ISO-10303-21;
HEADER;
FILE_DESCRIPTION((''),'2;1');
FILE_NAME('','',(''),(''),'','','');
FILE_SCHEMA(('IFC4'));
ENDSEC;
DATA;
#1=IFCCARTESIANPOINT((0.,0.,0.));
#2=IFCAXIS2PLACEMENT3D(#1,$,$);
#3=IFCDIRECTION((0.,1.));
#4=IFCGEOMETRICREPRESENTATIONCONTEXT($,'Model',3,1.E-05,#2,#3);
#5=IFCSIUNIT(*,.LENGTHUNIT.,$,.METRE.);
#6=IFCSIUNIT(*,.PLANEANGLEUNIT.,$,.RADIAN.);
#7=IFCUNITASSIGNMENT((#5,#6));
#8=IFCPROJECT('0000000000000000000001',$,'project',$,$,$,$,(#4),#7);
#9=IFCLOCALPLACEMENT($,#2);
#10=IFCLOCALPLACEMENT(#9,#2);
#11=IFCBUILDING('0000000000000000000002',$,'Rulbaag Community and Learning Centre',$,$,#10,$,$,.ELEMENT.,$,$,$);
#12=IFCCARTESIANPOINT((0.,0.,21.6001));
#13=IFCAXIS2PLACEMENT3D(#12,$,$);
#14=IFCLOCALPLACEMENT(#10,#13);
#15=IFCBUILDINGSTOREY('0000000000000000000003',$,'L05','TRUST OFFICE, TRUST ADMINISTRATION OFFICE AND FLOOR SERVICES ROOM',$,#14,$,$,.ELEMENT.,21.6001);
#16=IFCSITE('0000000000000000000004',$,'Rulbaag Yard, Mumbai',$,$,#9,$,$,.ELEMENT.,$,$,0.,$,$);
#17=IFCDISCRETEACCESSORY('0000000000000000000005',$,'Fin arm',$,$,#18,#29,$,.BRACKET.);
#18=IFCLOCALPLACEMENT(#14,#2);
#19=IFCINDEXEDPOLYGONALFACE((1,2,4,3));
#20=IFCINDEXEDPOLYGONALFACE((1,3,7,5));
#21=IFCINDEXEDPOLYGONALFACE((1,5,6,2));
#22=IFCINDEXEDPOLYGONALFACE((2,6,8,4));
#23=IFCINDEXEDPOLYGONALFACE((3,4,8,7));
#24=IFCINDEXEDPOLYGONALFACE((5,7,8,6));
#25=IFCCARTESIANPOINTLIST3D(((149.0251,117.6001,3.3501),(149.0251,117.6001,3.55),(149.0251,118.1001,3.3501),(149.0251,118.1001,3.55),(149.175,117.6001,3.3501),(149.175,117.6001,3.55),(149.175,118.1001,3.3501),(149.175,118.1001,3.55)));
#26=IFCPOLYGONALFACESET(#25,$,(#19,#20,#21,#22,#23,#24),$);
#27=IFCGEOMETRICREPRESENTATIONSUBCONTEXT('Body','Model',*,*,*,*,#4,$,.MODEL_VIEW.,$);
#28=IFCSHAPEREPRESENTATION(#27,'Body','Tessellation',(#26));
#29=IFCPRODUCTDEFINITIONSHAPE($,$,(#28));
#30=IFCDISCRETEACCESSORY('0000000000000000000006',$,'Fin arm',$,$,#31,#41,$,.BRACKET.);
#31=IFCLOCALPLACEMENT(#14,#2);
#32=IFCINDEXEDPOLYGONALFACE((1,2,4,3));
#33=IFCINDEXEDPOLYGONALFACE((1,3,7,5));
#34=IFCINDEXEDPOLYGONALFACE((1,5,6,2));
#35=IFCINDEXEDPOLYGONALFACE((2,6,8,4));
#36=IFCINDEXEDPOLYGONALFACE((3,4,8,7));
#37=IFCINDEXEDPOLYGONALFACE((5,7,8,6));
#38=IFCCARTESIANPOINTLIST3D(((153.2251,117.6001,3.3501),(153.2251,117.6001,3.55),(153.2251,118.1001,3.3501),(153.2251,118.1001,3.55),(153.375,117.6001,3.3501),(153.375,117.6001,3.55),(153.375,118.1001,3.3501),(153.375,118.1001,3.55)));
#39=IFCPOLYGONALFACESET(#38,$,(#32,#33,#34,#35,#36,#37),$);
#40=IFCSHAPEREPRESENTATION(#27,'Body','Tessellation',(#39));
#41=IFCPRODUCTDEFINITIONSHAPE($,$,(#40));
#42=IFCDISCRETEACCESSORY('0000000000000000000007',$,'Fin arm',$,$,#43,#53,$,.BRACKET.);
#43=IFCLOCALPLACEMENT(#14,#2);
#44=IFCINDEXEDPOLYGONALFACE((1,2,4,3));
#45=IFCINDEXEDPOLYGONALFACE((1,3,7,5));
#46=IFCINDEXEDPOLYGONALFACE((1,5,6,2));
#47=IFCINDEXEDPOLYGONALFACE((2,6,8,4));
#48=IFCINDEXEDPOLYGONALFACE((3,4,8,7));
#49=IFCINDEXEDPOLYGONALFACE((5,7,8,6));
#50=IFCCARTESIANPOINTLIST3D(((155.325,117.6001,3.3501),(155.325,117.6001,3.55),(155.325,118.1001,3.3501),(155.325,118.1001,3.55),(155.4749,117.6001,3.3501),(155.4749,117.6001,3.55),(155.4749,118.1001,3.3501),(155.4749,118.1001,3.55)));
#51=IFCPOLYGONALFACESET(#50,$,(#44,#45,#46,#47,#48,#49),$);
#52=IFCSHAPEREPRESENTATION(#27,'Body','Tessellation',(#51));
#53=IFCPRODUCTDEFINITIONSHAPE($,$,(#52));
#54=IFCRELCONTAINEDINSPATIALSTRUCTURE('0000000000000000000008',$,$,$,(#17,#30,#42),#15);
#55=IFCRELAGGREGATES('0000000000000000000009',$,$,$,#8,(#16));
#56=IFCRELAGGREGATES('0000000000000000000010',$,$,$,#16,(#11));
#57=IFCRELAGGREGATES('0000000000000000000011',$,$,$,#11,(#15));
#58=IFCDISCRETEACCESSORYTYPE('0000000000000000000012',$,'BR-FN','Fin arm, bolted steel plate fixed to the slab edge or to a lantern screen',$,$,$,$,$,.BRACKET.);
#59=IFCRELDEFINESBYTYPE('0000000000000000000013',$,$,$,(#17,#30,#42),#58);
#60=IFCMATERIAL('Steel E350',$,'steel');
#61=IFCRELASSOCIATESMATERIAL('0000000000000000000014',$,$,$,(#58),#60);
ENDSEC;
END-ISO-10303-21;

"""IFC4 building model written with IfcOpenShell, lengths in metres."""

from ifc_helpers import new_model, si_unit, direction, frame, origin, origin_2d, place, context, subcontext, project, spatial, rectangle, extrude, material, type_object, element, save


model = new_model("IFC4")

# Units and contexts
model_context = context("Model", 3, precision=1e-05, world=origin(), true_north=direction((0.0, 1.0)))
body_context = subcontext(model_context, "Body", "Model", "MODEL_VIEW")
ifc_project = project(units=[si_unit("LENGTHUNIT", "METRE"), si_unit("PLANEANGLEUNIT", "RADIAN")], contexts=[model_context])

# Site, building, storey
site_placement = place(None, origin())
site = spatial("IfcSite", under=ifc_project, at=site_placement, Name="Rulbaag Yard, Mumbai", CompositionType="ELEMENT", RefElevation=0.0)
building_placement = place(site_placement, origin())
building = spatial("IfcBuilding", under=site, at=building_placement, Name="Rulbaag Community and Learning Centre", CompositionType="ELEMENT")
storey_placement = place(building_placement, frame((0.0, 0.0, 21.6001)))
storey = spatial("IfcBuildingStorey", under=building, at=storey_placement, Name="L05", Description="TRUST OFFICE, TRUST ADMINISTRATION OFFICE AND FLOOR SERVICES ROOM", CompositionType="ELEMENT", Elevation=21.6001)

# Discrete accessories
ifc_material_1 = material(Name="Steel E350", Category="steel")
discrete_accessory_type = type_object("IfcDiscreteAccessoryType", Name="BR-FN", Description="Fin arm, bolted steel plate fixed to the slab edge or to a lantern screen", PredefinedType="BRACKET", material=ifc_material_1)
for number, where, z_axis, x_axis, name in (
    (1, (149.1001, 117.8501, 3.3501), (0.0, 0.0, 1.0), (1.0, 0.0, 0.0), "Fin arm"),
    (2, (153.3, 117.8501, 3.3501), (0.0, 0.0, 1.0), (1.0, 0.0, 0.0), "Fin arm"),
    (3, (155.3999, 117.8501, 3.3501), (0.0, 0.0, 1.0), (1.0, 0.0, 0.0), "Fin arm"),
):
    element("IfcDiscreteAccessory", number, at=place(storey_placement, frame(where, z_axis=z_axis, x_axis=x_axis)), inside=storey, type_object=discrete_accessory_type, Name=name, PredefinedType="BRACKET", context=body_context, shape_type="SweptSolid", body=[
        extrude(rectangle(XDim=0.1499, YDim=0.5, at=origin_2d()), origin(), (0.0, 0.0, 1.0), 0.2),
    ])

save(model, "model.ifc")
